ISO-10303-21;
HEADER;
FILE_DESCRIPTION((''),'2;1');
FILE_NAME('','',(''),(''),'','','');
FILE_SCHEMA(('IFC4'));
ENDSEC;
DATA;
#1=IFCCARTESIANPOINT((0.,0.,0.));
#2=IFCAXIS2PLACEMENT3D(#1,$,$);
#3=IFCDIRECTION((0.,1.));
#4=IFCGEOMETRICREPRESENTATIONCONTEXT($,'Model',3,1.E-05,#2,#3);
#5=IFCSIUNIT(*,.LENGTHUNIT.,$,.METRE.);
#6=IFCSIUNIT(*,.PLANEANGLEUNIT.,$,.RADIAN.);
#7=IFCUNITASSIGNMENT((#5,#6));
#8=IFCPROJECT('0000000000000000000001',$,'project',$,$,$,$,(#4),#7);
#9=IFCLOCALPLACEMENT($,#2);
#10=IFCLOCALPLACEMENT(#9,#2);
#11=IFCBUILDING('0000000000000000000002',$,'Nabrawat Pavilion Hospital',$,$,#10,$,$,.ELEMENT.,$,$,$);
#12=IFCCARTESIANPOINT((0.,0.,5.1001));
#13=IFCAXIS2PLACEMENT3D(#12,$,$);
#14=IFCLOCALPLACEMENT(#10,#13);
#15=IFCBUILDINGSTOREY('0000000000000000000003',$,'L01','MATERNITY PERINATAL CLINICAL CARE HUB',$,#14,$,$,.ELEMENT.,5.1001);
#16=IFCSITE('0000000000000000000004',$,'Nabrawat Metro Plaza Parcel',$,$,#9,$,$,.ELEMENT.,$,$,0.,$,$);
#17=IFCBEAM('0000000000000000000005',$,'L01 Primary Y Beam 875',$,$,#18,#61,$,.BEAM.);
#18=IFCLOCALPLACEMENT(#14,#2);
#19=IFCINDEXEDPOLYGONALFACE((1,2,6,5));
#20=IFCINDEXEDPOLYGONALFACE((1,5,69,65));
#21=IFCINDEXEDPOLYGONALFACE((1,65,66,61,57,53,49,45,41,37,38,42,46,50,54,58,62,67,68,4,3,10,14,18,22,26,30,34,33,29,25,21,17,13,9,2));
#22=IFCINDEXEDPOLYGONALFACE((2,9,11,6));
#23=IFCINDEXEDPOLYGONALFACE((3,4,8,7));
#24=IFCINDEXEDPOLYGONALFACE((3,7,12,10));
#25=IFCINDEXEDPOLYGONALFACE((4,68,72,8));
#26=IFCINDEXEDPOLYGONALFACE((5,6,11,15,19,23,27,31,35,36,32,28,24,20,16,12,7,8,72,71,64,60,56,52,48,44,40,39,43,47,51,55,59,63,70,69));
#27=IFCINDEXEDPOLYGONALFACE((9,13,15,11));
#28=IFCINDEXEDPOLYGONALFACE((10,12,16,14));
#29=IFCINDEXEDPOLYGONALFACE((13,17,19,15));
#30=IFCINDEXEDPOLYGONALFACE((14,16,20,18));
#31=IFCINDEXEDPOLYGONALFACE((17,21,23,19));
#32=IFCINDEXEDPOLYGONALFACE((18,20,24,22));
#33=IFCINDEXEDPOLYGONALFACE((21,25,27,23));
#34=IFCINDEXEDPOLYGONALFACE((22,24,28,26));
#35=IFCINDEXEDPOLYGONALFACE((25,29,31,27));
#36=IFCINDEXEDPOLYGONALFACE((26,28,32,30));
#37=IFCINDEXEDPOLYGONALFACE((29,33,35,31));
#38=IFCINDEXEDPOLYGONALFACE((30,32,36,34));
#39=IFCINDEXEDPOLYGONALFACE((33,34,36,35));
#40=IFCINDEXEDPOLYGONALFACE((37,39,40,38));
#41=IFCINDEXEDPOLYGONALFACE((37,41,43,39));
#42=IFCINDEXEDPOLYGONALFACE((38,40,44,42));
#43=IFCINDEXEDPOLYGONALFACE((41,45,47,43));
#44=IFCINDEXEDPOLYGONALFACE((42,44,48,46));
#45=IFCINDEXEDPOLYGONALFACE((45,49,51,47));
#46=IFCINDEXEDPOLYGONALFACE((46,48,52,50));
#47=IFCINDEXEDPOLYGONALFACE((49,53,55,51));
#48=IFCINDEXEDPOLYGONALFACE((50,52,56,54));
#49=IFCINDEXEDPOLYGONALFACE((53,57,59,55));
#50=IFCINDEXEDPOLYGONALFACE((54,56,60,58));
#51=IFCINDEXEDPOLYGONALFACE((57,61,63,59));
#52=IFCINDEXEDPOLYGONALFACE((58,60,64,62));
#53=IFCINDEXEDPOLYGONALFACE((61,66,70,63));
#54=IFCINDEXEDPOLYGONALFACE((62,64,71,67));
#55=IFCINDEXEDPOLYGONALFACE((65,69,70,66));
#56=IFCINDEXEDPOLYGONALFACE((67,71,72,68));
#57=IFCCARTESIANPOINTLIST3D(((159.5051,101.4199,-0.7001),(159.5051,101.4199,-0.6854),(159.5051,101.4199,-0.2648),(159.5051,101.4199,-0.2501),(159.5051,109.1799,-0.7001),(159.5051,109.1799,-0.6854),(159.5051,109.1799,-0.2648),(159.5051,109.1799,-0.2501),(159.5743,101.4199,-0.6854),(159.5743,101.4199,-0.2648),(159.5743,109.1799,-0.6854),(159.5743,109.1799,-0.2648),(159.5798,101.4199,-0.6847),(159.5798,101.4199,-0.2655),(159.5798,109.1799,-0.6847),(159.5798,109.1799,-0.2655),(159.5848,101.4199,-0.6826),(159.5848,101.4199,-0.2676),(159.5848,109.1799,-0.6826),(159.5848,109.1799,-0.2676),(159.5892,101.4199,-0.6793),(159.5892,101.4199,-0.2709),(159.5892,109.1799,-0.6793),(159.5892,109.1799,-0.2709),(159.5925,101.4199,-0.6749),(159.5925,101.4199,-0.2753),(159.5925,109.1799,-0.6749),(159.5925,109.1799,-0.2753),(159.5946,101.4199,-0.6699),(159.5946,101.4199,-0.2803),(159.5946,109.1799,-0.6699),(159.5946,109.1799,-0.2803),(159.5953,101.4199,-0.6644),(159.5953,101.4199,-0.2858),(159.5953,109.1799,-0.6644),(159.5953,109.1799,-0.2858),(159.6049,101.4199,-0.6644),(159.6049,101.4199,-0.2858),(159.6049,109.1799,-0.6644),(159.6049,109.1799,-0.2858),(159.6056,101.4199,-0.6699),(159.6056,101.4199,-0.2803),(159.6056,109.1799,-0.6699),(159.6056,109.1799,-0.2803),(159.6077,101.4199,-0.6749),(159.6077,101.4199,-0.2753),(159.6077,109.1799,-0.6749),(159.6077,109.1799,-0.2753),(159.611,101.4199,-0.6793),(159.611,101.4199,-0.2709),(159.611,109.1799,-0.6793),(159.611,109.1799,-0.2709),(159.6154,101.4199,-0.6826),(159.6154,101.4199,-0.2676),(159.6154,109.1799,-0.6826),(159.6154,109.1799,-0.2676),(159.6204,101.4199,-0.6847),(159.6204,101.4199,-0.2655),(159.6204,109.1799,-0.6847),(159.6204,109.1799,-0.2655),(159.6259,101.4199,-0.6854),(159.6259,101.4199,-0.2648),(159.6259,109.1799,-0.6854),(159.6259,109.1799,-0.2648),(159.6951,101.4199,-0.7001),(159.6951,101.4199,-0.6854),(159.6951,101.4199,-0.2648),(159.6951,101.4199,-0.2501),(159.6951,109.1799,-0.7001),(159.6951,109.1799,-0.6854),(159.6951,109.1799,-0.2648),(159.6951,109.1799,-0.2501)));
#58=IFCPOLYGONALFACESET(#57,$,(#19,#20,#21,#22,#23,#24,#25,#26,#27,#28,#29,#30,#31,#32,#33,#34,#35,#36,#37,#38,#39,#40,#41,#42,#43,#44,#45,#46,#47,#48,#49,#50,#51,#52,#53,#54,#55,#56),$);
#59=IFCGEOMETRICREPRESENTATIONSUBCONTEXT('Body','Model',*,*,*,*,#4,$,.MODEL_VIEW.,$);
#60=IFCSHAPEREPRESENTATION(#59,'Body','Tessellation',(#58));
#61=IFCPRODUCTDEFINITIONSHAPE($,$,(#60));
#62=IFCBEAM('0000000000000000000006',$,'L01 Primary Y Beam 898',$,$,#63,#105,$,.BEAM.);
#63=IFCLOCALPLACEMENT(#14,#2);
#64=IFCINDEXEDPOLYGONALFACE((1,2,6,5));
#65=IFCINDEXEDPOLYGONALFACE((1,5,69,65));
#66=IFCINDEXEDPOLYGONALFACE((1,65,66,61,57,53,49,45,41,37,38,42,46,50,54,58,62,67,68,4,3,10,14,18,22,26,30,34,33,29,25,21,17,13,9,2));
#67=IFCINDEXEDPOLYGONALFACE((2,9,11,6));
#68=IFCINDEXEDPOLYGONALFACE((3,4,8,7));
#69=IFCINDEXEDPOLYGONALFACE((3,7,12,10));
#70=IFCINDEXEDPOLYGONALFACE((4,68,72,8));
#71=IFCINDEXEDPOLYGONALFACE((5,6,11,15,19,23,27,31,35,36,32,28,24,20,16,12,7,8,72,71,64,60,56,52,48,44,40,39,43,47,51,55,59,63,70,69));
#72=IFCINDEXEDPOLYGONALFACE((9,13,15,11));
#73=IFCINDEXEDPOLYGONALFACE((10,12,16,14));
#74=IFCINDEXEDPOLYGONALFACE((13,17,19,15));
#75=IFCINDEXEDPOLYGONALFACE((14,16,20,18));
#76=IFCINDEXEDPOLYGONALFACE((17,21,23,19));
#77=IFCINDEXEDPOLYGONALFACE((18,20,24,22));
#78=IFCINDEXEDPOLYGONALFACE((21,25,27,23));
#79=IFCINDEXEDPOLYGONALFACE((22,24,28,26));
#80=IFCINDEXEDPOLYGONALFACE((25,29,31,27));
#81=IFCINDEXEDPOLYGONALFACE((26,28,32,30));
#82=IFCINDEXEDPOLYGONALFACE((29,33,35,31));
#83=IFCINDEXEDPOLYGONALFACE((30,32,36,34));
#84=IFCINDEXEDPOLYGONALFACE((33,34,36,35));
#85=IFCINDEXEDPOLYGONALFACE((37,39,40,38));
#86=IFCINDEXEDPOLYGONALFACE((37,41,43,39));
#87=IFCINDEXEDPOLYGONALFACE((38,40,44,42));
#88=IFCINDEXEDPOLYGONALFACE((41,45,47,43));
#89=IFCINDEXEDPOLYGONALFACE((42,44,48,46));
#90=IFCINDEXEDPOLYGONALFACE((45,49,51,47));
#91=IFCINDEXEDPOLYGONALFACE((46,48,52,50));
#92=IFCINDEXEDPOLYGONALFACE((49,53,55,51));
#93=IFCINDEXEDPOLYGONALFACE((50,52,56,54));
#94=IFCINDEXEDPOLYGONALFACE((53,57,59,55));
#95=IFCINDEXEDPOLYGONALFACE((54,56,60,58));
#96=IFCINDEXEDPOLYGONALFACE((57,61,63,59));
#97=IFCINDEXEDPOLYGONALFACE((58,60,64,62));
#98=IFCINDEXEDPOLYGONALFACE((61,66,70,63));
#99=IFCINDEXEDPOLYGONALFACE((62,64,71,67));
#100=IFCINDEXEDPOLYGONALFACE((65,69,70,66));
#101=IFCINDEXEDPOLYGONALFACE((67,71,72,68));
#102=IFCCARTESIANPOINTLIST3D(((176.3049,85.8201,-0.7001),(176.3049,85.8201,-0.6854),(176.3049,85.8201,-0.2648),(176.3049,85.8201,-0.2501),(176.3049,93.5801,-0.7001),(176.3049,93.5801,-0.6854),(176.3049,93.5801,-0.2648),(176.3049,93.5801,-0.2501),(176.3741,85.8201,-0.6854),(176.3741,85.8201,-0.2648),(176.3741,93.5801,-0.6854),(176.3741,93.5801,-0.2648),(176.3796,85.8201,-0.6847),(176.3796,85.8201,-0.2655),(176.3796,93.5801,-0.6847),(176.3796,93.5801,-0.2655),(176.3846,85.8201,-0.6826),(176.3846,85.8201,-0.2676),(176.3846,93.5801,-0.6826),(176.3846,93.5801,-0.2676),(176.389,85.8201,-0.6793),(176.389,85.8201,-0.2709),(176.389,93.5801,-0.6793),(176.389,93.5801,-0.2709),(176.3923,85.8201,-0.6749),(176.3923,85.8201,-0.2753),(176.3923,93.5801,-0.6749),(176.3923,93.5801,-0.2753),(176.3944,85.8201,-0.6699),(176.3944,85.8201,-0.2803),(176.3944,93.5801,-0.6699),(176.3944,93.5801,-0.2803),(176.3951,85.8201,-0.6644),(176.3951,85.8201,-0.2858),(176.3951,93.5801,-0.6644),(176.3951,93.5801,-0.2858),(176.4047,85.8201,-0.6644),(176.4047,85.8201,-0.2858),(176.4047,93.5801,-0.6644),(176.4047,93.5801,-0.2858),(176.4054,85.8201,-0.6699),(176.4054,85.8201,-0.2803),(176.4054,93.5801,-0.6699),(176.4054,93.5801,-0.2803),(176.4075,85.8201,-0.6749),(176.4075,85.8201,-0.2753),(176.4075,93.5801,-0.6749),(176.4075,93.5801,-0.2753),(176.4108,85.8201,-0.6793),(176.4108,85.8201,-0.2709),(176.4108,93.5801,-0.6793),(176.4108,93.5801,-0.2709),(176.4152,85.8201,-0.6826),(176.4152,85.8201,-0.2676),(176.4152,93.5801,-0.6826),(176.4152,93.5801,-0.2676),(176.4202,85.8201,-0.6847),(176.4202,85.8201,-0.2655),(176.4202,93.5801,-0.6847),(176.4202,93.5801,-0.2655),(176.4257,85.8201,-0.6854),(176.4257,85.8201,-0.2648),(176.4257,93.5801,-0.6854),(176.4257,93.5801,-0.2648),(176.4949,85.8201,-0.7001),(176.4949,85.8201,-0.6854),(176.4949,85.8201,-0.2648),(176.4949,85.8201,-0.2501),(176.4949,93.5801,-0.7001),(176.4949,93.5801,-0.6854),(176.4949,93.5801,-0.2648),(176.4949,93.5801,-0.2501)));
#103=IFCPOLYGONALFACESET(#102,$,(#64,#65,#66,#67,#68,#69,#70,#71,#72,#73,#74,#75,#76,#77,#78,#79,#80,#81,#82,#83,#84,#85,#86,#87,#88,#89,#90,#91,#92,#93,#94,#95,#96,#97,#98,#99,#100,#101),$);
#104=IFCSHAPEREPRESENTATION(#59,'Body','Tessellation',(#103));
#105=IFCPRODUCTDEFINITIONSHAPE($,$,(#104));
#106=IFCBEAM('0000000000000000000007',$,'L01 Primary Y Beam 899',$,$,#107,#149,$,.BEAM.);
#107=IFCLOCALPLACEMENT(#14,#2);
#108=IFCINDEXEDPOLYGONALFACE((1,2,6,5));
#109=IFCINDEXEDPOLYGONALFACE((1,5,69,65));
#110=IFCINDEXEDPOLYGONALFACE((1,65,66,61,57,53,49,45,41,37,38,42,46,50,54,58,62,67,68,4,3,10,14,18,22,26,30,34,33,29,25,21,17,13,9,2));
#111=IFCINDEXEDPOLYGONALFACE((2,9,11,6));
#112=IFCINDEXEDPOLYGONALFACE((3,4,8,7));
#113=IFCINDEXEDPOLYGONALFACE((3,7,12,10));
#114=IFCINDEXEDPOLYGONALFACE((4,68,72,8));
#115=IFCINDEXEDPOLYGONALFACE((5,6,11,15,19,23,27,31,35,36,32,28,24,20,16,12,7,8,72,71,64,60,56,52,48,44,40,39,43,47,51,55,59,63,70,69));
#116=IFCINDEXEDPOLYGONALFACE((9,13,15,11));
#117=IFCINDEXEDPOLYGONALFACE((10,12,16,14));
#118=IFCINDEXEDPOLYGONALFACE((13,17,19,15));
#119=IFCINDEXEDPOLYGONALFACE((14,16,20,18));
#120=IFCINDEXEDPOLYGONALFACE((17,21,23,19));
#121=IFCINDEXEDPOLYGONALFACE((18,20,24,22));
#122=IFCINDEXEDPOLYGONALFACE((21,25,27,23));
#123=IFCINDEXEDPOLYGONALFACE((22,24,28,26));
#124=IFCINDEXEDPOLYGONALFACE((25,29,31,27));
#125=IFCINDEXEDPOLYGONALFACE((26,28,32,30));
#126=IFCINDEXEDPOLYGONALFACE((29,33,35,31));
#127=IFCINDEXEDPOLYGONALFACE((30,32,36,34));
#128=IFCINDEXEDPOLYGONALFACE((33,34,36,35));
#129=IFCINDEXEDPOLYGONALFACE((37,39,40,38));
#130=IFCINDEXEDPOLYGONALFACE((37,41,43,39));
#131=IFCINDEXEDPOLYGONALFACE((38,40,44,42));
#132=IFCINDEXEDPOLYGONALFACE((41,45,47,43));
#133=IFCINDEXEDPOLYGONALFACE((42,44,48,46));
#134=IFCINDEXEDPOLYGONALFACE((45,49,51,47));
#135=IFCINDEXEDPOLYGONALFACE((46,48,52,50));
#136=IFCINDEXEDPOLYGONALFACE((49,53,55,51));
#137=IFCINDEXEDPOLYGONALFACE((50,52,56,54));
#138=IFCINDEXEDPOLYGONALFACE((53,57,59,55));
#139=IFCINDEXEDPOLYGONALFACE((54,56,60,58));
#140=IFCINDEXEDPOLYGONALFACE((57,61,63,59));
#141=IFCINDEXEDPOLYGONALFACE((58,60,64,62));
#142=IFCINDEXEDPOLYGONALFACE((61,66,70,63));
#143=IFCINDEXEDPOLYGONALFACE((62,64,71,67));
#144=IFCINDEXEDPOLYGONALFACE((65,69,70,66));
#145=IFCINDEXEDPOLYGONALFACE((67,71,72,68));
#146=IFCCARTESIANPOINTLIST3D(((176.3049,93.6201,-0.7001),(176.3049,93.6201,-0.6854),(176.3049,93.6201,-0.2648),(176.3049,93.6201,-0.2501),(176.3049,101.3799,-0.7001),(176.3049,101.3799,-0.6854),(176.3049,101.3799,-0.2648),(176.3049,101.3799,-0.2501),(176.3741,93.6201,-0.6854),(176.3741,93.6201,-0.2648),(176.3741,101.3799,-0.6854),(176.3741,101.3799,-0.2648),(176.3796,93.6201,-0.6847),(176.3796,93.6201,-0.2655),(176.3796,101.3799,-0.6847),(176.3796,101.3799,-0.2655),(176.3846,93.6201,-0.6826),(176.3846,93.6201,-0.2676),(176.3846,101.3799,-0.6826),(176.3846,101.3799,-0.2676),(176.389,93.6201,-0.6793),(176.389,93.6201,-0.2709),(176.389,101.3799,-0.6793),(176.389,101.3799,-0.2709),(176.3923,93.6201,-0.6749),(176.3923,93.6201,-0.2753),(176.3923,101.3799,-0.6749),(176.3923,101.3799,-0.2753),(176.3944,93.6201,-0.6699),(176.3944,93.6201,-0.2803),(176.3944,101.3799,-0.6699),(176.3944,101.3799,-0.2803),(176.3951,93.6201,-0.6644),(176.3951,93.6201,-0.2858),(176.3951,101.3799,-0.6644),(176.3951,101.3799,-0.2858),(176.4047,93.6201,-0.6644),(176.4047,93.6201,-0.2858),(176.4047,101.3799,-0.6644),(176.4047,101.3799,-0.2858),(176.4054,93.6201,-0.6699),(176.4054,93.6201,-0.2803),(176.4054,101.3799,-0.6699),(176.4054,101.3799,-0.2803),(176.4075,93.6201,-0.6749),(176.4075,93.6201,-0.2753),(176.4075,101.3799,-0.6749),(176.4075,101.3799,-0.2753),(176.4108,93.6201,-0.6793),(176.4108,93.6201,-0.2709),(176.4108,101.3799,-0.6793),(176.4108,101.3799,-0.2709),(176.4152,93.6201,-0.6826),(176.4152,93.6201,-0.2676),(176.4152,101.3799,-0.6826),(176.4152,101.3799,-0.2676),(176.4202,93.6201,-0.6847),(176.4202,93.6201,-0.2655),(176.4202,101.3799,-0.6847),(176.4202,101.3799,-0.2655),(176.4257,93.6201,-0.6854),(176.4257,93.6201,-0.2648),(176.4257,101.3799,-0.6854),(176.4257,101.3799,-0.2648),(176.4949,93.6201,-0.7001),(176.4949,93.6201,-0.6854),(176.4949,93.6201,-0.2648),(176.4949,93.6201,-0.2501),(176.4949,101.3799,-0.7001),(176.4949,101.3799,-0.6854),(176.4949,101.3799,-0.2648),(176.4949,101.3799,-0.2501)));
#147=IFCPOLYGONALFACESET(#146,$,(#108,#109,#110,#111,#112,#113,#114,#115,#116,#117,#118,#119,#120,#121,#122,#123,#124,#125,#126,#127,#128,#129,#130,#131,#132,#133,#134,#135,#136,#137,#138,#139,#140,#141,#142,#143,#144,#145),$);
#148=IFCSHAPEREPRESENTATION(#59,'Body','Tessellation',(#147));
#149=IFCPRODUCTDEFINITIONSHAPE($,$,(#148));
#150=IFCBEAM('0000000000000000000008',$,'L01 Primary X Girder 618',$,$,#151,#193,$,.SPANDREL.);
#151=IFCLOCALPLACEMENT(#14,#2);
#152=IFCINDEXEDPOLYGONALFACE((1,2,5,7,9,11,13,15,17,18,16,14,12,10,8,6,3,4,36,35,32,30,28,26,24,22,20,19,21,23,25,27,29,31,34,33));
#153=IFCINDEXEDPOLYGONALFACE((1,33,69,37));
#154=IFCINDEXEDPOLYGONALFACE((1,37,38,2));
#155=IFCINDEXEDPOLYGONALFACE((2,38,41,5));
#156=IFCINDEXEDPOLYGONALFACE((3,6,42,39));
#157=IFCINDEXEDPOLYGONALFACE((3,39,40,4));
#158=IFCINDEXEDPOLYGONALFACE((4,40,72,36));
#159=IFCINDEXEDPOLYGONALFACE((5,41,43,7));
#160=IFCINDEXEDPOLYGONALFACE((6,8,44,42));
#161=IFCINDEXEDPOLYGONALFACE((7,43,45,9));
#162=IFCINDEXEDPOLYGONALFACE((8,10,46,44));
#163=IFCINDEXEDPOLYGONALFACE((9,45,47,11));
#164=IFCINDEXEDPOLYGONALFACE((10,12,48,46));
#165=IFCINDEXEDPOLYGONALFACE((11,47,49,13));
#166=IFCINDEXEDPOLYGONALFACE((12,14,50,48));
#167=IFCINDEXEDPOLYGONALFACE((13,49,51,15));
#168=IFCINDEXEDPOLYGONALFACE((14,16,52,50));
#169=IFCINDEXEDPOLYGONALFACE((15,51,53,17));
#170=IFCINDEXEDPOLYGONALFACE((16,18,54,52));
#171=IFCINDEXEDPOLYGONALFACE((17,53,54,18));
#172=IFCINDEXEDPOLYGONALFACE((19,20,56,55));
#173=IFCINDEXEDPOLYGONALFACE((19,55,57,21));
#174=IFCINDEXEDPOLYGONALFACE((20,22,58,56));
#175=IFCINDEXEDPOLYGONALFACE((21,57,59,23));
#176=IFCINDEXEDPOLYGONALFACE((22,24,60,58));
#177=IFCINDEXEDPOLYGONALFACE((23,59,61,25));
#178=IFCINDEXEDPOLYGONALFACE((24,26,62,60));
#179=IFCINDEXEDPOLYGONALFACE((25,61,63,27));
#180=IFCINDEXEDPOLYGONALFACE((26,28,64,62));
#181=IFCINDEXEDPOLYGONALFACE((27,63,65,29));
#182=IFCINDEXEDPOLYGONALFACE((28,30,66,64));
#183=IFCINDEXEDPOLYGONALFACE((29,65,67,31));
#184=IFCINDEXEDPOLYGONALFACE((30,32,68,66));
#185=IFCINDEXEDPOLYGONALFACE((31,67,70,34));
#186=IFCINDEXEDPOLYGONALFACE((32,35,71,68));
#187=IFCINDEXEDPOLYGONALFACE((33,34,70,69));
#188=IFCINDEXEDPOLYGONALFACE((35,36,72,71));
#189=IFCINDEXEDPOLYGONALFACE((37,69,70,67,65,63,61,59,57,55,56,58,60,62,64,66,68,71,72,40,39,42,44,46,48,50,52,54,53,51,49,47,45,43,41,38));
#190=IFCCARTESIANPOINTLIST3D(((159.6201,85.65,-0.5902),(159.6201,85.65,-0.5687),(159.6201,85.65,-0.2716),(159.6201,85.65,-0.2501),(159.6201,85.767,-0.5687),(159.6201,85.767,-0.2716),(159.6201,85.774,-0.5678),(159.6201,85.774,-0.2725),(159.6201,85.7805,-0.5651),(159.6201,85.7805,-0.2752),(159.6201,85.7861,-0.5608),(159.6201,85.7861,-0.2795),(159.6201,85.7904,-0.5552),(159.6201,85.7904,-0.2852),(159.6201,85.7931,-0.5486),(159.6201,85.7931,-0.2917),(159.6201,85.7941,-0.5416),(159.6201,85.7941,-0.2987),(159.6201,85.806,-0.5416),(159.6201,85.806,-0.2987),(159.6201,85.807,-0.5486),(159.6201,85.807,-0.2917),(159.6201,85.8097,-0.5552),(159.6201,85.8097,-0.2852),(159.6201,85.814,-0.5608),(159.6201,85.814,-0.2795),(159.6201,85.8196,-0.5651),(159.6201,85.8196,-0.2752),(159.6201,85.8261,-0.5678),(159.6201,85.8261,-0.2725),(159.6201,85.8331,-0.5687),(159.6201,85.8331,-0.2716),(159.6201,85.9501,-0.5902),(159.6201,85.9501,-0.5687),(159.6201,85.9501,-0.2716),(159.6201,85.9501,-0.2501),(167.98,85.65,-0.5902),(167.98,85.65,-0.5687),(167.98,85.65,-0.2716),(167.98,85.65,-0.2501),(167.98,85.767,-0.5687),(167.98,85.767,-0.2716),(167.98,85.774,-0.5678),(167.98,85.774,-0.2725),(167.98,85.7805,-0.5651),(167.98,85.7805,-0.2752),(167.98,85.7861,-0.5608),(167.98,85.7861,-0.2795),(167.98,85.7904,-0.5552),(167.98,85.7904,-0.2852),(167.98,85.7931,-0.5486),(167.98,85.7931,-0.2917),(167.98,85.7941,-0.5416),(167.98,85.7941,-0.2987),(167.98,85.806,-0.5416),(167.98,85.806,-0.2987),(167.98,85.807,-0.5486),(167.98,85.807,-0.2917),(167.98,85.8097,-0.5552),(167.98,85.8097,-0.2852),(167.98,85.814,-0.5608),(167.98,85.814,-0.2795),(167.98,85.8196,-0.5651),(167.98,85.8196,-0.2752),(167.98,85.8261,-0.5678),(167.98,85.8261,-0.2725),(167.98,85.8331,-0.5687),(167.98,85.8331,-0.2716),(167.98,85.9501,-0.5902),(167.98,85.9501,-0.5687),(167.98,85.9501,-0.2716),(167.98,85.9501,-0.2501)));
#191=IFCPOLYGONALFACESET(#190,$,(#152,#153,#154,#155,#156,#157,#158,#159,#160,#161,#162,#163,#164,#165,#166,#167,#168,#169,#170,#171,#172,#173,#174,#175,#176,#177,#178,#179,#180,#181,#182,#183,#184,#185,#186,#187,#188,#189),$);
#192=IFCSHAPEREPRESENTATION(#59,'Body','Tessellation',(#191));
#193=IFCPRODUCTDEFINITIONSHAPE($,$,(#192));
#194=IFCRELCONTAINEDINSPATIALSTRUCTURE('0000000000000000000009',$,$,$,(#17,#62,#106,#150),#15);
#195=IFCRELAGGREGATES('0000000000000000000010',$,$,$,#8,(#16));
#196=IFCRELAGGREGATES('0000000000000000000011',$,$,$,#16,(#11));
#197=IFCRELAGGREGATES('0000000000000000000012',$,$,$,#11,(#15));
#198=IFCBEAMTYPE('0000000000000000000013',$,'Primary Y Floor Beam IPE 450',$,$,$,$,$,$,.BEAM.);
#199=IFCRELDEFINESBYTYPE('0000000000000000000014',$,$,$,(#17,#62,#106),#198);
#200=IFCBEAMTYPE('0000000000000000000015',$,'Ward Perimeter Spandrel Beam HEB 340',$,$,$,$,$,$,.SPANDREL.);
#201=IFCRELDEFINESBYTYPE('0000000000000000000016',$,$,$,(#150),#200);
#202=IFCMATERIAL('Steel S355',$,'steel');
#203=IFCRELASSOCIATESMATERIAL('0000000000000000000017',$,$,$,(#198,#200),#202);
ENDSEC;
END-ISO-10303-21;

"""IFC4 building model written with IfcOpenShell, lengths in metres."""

from ifc_helpers import new_model, si_unit, direction, frame, origin, origin_2d, place, context, subcontext, project, spatial, i_section, extrude, material, material_profile, profile_set, type_object, element, save


model = new_model("IFC4")

# Units and contexts
model_context = context("Model", 3, precision=1e-05, world=origin(), true_north=direction((0.0, 1.0)))
body_context = subcontext(model_context, "Body", "Model", "MODEL_VIEW")
ifc_project = project(units=[si_unit("LENGTHUNIT", "METRE"), si_unit("PLANEANGLEUNIT", "RADIAN")], contexts=[model_context])

# Site, building, storey
site_placement = place(None, origin())
site = spatial("IfcSite", under=ifc_project, at=site_placement, Name="Nabrawat Metro Plaza Parcel", CompositionType="ELEMENT", RefElevation=0.0)
building_placement = place(site_placement, origin())
building = spatial("IfcBuilding", under=site, at=building_placement, Name="Nabrawat Pavilion Hospital", CompositionType="ELEMENT")
storey_placement = place(building_placement, frame((0.0, 0.0, 5.1001)))
storey = spatial("IfcBuildingStorey", under=building, at=storey_placement, Name="L01", Description="MATERNITY PERINATAL CLINICAL CARE HUB", CompositionType="ELEMENT", Elevation=5.1001)

# Shared definitions
ifc_material_1 = material(Name="Steel S355", Category="steel")

# Beams
ifc_material_profile_1 = material_profile(ifc_material_1, i_section(OverallWidth=0.1899, OverallDepth=0.45, WebThickness=0.0095, FlangeThickness=0.0146, FilletRadius=0.021, at=origin_2d()), Name="IPE 450")
ifc_profile_set_1 = profile_set([ifc_material_profile_1], Name="Steel S355")
beam_type_1 = type_object("IfcBeamType", Name="Primary Y Floor Beam IPE 450", PredefinedType="BEAM", material=ifc_profile_set_1)
for number, where, z_axis, x_axis, name in (
    (1, (159.6001, 101.4199, -0.4751), (0.0, 1.0, 0.0), (-1.0, 0.0, 0.0), "L01 Primary Y Beam 875"),
    (2, (176.3999, 85.8201, -0.4751), (0.0, 1.0, 0.0), (-1.0, 0.0, 0.0), "L01 Primary Y Beam 898"),
):
    element("IfcBeam", number, at=place(storey_placement, frame(where, z_axis=z_axis, x_axis=x_axis)), inside=storey, type_object=beam_type_1, Name=name, PredefinedType="BEAM", context=body_context, shape_type="SweptSolid", body=[
        extrude(i_section(OverallWidth=0.1899, OverallDepth=0.45, WebThickness=0.0095, FlangeThickness=0.0146, FilletRadius=0.021, at=origin_2d()), origin(), (0.0, 0.0, 1.0), 7.76),
    ])
beam_1_placement = place(storey_placement, frame((176.3999, 93.6201, -0.4751), z_axis=(0.0, 1.0, 0.0), x_axis=(-1.0, 0.0, 0.0)))
element("IfcBeam", 3, at=beam_1_placement, inside=storey, type_object=beam_type_1, Name="L01 Primary Y Beam 899", PredefinedType="BEAM", context=body_context, shape_type="SweptSolid", body=[
    extrude(i_section(OverallWidth=0.1899, OverallDepth=0.45, WebThickness=0.0095, FlangeThickness=0.0146, FilletRadius=0.021, at=origin_2d()), origin(), (0.0, 0.0, 1.0), 7.7598),
])
ifc_material_profile_2 = material_profile(ifc_material_1, i_section(OverallWidth=0.3, OverallDepth=0.3401, WebThickness=0.012, FlangeThickness=0.0215, FilletRadius=0.0271, at=origin_2d()), Name="HEB 340")
ifc_profile_set_2 = profile_set([ifc_material_profile_2], Name="Steel S355")
beam_type_2 = type_object("IfcBeamType", Name="Ward Perimeter Spandrel Beam HEB 340", PredefinedType="SPANDREL", material=ifc_profile_set_2)
for number, where, z_axis, x_axis, name in (
    (4, (159.6201, 85.8, -0.4202), (1.0, 0.0, 0.0), (0.0, 1.0, 0.0), "L01 Primary X Girder 618"),
):
    element("IfcBeam", number, at=place(storey_placement, frame(where, z_axis=z_axis, x_axis=x_axis)), inside=storey, type_object=beam_type_2, Name=name, PredefinedType="SPANDREL", context=body_context, shape_type="SweptSolid", body=[
        extrude(i_section(OverallWidth=0.3, OverallDepth=0.3401, WebThickness=0.012, FlangeThickness=0.0215, FilletRadius=0.0271, at=origin_2d()), origin(), (0.0, 0.0, 1.0), 8.3599),
    ])

save(model, "model.ifc")
